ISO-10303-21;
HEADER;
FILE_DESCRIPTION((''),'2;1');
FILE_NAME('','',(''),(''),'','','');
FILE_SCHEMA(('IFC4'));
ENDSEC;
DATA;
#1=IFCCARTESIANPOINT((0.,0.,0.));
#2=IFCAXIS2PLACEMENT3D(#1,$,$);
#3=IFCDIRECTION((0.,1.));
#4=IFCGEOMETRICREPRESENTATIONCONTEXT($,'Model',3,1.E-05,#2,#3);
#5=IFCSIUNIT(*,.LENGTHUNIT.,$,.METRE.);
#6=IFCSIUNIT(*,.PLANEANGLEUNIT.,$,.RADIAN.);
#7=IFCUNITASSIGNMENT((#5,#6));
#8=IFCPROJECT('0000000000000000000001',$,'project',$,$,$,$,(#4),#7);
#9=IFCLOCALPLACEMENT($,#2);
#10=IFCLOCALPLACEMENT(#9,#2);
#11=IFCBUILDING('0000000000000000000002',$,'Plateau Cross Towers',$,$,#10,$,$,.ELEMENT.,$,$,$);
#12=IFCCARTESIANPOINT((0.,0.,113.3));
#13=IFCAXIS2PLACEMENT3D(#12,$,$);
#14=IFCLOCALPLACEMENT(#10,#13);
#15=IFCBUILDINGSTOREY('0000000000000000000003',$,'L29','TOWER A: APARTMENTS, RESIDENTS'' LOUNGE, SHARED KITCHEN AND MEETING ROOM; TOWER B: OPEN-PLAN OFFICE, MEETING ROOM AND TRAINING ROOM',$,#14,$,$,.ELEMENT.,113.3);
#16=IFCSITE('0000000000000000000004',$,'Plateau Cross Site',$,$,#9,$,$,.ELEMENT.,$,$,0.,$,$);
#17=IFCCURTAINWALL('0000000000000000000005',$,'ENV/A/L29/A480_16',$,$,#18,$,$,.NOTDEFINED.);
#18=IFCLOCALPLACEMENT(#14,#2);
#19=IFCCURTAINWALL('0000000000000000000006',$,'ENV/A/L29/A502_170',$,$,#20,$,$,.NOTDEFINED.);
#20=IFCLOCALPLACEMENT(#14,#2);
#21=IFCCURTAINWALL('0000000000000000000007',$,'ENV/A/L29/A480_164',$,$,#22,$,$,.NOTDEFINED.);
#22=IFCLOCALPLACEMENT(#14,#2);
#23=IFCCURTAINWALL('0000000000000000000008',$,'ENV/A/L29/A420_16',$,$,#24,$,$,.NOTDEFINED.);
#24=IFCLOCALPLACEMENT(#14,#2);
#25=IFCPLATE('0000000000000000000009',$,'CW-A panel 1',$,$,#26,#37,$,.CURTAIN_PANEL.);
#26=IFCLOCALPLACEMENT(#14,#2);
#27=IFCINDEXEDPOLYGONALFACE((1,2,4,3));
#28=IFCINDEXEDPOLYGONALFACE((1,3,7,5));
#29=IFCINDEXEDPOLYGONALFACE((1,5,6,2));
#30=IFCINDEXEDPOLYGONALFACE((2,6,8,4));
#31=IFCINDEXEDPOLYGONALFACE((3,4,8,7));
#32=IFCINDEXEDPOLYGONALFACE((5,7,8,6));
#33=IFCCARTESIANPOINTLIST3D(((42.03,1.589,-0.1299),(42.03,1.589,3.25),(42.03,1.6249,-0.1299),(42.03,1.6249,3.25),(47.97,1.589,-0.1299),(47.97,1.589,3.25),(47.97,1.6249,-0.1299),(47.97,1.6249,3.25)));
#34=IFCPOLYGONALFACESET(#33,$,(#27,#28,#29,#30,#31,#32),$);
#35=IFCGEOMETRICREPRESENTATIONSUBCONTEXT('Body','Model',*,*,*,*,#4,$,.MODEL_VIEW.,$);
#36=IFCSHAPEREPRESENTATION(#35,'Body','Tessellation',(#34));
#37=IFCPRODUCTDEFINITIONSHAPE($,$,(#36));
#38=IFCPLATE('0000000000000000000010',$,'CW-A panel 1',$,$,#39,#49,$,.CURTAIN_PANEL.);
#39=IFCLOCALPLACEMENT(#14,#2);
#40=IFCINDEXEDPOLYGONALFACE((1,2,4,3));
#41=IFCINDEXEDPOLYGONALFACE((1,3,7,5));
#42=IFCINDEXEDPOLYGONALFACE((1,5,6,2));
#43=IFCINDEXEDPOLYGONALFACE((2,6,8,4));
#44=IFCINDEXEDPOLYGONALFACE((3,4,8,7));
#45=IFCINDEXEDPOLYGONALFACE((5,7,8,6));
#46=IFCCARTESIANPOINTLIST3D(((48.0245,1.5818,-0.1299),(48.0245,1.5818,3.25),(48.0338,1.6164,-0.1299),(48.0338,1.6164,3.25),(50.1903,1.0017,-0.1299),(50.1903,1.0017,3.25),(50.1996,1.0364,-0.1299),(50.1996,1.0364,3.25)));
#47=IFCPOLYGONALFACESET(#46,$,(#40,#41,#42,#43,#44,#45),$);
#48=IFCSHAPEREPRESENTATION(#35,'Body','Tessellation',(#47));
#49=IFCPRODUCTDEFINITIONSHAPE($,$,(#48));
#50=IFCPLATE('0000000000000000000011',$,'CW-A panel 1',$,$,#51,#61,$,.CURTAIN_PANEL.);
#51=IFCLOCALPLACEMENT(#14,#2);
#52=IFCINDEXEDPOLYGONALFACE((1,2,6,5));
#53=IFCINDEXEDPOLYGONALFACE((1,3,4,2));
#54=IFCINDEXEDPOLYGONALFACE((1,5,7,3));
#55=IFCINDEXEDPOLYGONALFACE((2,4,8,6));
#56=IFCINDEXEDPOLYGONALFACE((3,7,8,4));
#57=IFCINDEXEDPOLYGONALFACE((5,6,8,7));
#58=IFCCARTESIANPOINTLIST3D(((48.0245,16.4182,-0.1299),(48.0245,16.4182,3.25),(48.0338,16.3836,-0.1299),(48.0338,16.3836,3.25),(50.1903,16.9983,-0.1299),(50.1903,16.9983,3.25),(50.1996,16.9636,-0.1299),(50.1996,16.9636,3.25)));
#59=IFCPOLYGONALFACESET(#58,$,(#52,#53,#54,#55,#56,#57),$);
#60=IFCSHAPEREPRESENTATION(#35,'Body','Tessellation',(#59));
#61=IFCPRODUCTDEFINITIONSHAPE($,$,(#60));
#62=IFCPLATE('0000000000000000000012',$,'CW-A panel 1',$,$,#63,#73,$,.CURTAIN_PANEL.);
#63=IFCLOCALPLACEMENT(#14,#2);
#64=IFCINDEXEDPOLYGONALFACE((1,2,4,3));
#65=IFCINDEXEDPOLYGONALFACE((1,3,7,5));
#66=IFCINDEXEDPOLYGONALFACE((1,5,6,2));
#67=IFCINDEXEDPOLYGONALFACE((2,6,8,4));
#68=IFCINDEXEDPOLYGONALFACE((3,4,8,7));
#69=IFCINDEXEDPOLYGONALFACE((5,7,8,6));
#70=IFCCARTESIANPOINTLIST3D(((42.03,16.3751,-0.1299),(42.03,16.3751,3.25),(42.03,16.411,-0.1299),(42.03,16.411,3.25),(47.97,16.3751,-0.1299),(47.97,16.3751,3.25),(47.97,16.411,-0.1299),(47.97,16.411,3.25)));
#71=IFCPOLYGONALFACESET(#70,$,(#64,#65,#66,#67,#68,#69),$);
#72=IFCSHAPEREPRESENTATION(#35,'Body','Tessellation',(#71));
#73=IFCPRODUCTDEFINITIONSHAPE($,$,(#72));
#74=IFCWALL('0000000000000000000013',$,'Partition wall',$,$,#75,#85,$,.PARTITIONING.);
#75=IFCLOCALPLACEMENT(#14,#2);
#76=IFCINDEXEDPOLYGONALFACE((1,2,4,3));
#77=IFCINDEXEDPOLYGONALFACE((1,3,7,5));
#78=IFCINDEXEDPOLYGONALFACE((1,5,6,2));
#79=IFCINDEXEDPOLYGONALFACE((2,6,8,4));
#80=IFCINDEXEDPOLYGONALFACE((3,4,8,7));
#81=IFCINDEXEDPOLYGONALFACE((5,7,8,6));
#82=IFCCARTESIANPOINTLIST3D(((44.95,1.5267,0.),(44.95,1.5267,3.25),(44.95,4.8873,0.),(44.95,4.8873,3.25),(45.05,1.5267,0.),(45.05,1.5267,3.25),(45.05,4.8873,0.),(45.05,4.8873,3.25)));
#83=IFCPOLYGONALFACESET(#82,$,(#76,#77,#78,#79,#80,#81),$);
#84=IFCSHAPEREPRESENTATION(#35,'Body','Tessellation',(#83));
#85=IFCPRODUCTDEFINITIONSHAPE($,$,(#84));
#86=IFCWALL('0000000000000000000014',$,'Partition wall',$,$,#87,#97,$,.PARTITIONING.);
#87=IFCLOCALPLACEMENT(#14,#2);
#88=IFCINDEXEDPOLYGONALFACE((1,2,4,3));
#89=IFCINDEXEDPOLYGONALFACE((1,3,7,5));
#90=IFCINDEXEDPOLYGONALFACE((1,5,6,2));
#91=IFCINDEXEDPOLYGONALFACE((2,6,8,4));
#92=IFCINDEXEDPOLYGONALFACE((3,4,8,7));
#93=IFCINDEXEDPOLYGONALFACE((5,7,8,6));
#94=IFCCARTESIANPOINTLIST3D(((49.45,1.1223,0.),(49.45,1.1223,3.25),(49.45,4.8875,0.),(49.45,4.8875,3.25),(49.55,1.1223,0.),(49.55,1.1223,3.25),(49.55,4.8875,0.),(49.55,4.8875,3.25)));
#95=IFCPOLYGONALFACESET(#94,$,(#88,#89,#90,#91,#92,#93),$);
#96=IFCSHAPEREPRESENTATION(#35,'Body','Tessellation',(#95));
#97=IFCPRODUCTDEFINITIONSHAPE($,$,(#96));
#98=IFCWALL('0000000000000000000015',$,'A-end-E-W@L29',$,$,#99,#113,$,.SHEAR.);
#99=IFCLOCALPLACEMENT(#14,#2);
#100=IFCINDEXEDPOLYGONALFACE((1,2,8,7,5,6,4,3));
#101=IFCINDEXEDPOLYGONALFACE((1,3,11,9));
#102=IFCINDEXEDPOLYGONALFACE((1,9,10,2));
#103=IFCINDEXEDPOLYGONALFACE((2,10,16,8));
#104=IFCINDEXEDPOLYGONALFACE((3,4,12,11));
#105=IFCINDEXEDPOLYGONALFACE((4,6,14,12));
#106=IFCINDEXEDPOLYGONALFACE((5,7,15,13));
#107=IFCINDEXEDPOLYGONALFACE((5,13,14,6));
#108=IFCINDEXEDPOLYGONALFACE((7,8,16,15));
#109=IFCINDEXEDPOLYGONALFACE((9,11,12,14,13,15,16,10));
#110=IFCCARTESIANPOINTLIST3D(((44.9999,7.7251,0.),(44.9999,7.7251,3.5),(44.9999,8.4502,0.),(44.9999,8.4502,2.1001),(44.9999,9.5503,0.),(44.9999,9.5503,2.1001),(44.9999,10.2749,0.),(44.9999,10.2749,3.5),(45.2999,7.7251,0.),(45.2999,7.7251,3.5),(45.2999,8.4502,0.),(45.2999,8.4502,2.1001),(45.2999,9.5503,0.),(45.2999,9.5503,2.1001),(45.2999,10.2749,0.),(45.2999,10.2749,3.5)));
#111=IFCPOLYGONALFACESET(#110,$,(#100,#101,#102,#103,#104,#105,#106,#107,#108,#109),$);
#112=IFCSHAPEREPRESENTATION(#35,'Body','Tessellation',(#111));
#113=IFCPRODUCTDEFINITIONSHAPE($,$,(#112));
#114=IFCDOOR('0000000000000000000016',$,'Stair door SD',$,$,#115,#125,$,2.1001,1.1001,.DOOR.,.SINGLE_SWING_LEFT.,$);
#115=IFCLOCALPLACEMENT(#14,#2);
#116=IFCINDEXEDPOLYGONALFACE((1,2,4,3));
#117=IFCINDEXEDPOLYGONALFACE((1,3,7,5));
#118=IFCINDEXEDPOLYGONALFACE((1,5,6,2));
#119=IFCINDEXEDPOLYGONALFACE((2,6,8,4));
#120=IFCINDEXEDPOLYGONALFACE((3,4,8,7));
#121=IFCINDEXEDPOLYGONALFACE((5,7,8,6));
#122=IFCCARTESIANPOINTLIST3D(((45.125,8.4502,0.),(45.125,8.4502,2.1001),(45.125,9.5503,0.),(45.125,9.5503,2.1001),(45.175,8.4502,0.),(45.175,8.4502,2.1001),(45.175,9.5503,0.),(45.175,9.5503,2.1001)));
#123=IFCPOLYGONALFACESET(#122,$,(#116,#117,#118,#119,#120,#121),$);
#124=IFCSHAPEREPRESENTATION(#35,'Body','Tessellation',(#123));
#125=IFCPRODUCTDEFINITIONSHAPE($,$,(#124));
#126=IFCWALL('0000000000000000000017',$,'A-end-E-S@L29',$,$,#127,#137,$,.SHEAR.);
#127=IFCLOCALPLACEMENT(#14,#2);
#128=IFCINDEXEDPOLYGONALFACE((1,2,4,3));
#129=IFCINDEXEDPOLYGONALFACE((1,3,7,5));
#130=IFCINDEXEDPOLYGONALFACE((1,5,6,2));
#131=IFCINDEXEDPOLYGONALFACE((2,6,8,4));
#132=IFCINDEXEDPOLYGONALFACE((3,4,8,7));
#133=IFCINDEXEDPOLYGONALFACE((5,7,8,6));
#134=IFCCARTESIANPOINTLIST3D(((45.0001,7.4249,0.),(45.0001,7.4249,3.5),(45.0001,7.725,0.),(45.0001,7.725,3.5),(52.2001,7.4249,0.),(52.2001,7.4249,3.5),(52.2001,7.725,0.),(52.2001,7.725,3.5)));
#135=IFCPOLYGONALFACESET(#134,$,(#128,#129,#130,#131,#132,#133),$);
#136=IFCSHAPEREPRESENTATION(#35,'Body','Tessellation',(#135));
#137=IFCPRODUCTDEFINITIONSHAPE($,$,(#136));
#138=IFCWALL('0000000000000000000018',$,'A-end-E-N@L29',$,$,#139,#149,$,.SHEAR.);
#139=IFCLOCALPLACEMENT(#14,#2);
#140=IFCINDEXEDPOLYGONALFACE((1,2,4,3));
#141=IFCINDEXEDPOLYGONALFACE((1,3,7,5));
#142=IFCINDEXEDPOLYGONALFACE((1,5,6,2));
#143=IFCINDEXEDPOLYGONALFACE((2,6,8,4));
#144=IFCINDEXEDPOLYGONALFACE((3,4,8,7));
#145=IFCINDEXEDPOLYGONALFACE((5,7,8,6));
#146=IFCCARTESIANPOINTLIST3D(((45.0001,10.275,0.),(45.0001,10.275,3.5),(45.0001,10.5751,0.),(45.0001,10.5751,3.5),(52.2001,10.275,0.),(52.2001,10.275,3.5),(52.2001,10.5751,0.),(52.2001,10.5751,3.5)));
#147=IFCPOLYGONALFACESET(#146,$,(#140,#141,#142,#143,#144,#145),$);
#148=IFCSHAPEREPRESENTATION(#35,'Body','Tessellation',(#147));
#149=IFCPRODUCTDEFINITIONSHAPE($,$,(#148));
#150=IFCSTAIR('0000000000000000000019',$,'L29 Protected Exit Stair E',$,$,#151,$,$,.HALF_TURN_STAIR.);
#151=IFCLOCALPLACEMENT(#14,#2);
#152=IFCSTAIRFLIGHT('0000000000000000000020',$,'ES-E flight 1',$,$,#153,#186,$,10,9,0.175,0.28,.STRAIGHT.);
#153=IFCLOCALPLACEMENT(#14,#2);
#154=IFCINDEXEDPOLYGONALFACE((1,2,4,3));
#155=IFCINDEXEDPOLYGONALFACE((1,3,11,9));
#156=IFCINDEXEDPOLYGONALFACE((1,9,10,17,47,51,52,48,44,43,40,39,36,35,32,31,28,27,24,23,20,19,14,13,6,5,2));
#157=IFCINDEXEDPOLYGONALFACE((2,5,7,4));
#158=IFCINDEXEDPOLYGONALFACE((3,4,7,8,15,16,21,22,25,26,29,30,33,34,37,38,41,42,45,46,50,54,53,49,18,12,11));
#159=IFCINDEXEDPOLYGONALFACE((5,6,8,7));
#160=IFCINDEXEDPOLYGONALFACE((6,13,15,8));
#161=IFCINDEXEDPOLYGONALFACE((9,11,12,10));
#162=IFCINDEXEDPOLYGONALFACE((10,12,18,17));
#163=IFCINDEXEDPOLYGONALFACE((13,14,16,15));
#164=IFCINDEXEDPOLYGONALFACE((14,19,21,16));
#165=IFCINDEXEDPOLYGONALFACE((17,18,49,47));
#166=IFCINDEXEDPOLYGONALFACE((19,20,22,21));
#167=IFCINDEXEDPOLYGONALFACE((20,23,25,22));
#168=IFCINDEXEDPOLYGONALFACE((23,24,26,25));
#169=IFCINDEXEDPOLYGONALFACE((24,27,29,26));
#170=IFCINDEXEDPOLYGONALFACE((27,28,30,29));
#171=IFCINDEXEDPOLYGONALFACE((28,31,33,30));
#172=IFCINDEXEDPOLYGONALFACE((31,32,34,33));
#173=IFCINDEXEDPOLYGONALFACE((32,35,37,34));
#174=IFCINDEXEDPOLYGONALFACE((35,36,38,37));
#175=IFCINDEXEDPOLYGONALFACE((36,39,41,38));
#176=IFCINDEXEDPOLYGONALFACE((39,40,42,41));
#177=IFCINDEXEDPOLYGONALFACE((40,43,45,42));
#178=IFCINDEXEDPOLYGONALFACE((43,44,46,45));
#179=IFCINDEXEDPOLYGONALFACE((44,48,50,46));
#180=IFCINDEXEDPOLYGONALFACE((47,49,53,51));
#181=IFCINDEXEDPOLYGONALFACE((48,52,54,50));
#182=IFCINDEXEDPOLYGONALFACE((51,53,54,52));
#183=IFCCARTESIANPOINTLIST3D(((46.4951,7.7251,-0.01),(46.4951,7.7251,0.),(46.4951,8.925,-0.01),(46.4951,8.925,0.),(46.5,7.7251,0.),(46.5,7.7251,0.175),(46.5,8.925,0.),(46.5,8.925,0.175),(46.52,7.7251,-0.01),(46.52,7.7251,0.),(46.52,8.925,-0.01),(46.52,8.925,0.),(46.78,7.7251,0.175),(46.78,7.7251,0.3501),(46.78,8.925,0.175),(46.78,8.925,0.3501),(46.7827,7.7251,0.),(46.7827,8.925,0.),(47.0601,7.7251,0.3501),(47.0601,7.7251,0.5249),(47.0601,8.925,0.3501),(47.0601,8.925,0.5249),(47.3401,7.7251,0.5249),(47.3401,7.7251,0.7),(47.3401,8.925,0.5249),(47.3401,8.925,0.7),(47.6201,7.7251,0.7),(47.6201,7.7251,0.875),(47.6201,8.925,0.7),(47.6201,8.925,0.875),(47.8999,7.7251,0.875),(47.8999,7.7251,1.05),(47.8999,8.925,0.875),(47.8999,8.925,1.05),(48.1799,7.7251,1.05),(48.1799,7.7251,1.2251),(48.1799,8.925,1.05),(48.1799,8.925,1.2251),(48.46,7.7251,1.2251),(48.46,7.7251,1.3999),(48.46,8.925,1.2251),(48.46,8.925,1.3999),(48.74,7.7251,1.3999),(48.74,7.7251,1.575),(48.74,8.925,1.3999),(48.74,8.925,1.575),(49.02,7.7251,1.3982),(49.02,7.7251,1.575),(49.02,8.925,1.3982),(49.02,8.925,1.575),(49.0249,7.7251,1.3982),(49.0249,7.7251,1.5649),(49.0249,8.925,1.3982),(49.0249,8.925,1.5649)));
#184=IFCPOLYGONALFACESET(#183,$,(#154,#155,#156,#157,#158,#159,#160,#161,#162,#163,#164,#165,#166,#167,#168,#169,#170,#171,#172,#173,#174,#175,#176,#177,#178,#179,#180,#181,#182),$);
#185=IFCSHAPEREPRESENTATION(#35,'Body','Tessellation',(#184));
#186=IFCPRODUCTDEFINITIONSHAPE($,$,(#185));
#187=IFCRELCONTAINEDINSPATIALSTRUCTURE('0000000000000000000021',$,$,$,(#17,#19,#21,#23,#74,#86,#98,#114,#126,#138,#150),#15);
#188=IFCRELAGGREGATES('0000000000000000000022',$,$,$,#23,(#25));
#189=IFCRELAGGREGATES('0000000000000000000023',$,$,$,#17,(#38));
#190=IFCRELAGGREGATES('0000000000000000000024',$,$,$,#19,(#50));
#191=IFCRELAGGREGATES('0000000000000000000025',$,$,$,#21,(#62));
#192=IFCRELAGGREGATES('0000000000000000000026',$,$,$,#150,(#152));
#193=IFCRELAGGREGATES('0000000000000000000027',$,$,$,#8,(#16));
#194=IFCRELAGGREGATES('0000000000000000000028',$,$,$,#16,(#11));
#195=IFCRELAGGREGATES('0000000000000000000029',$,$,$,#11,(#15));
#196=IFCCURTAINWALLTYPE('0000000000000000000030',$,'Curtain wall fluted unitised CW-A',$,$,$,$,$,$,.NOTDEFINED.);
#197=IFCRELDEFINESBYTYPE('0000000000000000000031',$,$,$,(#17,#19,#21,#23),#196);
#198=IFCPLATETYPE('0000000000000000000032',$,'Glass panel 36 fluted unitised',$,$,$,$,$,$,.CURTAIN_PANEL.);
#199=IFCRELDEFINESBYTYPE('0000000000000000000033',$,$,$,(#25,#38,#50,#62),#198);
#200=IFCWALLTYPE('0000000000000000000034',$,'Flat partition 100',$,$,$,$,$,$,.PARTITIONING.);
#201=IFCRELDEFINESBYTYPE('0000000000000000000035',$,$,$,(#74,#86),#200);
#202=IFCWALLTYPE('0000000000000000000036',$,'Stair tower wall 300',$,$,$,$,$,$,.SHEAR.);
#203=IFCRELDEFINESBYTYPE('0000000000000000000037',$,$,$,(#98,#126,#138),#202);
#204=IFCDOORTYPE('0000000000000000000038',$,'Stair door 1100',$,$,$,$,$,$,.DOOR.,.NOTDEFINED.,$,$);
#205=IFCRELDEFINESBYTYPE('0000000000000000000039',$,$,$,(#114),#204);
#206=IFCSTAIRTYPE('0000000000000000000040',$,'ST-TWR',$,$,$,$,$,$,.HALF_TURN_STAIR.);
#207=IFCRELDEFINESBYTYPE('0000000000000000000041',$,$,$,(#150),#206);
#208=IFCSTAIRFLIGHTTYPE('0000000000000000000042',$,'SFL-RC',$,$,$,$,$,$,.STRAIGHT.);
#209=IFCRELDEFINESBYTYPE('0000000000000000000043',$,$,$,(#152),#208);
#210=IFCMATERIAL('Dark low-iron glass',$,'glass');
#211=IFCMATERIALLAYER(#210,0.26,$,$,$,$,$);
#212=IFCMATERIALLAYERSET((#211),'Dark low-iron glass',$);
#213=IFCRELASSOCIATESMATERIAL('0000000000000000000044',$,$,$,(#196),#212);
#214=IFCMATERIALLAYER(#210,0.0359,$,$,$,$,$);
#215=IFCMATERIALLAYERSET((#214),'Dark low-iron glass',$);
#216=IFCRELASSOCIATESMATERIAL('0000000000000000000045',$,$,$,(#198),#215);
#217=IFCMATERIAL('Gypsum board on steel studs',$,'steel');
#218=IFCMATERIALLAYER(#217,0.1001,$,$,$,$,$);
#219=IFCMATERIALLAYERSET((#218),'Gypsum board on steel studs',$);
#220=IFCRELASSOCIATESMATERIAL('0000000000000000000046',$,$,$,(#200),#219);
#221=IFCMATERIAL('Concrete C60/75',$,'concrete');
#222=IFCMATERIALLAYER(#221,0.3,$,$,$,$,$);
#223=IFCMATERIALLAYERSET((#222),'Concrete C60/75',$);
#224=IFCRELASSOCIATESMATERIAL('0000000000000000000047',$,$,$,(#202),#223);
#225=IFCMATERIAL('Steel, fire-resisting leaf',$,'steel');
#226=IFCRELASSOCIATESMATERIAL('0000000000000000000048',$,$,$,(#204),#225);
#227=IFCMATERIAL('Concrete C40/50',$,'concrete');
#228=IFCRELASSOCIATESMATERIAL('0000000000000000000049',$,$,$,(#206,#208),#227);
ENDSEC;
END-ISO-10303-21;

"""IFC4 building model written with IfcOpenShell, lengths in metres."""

from ifc_helpers import new_model, si_unit, direction, frame, frame_2d, origin, origin_2d, place, context, subcontext, project, spatial, polyline, rectangle, outline, extrude, material, layer, layer_set, type_object, element, fill, aggregate, save


model = new_model("IFC4")

# Units and contexts
model_context = context("Model", 3, precision=1e-05, world=origin(), true_north=direction((0.0, 1.0)))
body_context = subcontext(model_context, "Body", "Model", "MODEL_VIEW")
ifc_project = project(units=[si_unit("LENGTHUNIT", "METRE"), si_unit("PLANEANGLEUNIT", "RADIAN")], contexts=[model_context])

# Site, building, storey
site_placement = place(None, origin())
site = spatial("IfcSite", under=ifc_project, at=site_placement, Name="Plateau Cross Site", CompositionType="ELEMENT", RefElevation=0.0)
building_placement = place(site_placement, origin())
building = spatial("IfcBuilding", under=site, at=building_placement, Name="Plateau Cross Towers", CompositionType="ELEMENT")
storey_placement = place(building_placement, frame((0.0, 0.0, 113.3)))
storey = spatial("IfcBuildingStorey", under=building, at=storey_placement, Name="L29", Description="TOWER A: APARTMENTS, RESIDENTS' LOUNGE, SHARED KITCHEN AND MEETING ROOM; TOWER B: OPEN-PLAN OFFICE, MEETING ROOM AND TRAINING ROOM", CompositionType="ELEMENT", Elevation=113.3)

# Shared definitions
ifc_material_1 = material(Name="Concrete C60/75", Category="concrete")

# Curtain walls
ifc_material_2 = material(Name="Dark low-iron glass", Category="glass")
ifc_layer_1 = layer(ifc_material_2, 0.26)
ifc_layer_set_1 = layer_set([ifc_layer_1], Name="Dark low-iron glass")
curtain_wall_type_1 = type_object("IfcCurtainWallType", Name="Curtain wall fluted unitised CW-A", PredefinedType="NOTDEFINED", material=ifc_layer_set_1)
curtain_wall_1_placement = place(storey_placement, origin())
curtain_wall_1 = element("IfcCurtainWall", 1, at=curtain_wall_1_placement, inside=storey, type_object=curtain_wall_type_1, Name="ENV/A/L29/A480_16", PredefinedType="NOTDEFINED")
curtain_wall_2_placement = place(storey_placement, origin())
curtain_wall_2 = element("IfcCurtainWall", 2, at=curtain_wall_2_placement, inside=storey, type_object=curtain_wall_type_1, Name="ENV/A/L29/A502_170", PredefinedType="NOTDEFINED")
curtain_wall_3_placement = place(storey_placement, origin())
curtain_wall_3 = element("IfcCurtainWall", 3, at=curtain_wall_3_placement, inside=storey, type_object=curtain_wall_type_1, Name="ENV/A/L29/A480_164", PredefinedType="NOTDEFINED")

# Curtain wall, plate
curtain_wall_4_placement = place(storey_placement, origin())
curtain_wall_4 = element("IfcCurtainWall", 4, at=curtain_wall_4_placement, inside=storey, type_object=curtain_wall_type_1, Name="ENV/A/L29/A420_16", PredefinedType="NOTDEFINED")
ifc_layer_2 = layer(ifc_material_2, 0.0359)
ifc_layer_set_2 = layer_set([ifc_layer_2], Name="Dark low-iron glass")
plate_type_1 = type_object("IfcPlateType", Name="Glass panel 36 fluted unitised", PredefinedType="CURTAIN_PANEL", material=ifc_layer_set_2)
plate_1_placement = place(storey_placement, frame((45.0, 1.6069, -0.1299), z_axis=(0.0, 0.0, 1.0), x_axis=(1.0, 0.0, 0.0)))
plate_1 = element("IfcPlate", 5, at=plate_1_placement, type_object=plate_type_1, Name="CW-A panel 1", PredefinedType="CURTAIN_PANEL", context=body_context, shape_type="SweptSolid", body=[
    extrude(rectangle(XDim=5.9399, YDim=0.0359, at=origin_2d()), origin(), (0.0, 0.0, 1.0), 3.3799),
])
aggregate(curtain_wall_4, [plate_1])

# Plates
plate_2_placement = place(storey_placement, frame((49.1121, 1.3091, -0.1299), z_axis=(0.0, 0.0, 1.0), x_axis=(0.965958, -0.258699, 0.0)))
plate_2 = element("IfcPlate", 6, at=plate_2_placement, type_object=plate_type_1, Name="CW-A panel 1", PredefinedType="CURTAIN_PANEL", context=body_context, shape_type="SweptSolid", body=[
    extrude(rectangle(XDim=2.2422, YDim=0.0359, at=origin_2d()), origin(), (0.0, 0.0, 1.0), 3.3799),
])
aggregate(curtain_wall_1, [plate_2])
plate_3_placement = place(storey_placement, frame((49.1121, 16.6909, -0.1299), z_axis=(0.0, 0.0, 1.0), x_axis=(-0.965958, -0.258699, 0.0)))
plate_3 = element("IfcPlate", 7, at=plate_3_placement, type_object=plate_type_1, Name="CW-A panel 1", PredefinedType="CURTAIN_PANEL", context=body_context, shape_type="SweptSolid", body=[
    extrude(rectangle(XDim=2.2422, YDim=0.0359, at=origin_2d()), origin(), (0.0, 0.0, 1.0), 3.3799),
])
aggregate(curtain_wall_2, [plate_3])
plate_4_placement = place(storey_placement, frame((45.0, 16.3931, -0.1299), z_axis=(0.0, 0.0, 1.0), x_axis=(-1.0, 0.0, 0.0)))
plate_4 = element("IfcPlate", 8, at=plate_4_placement, type_object=plate_type_1, Name="CW-A panel 1", PredefinedType="CURTAIN_PANEL", context=body_context, shape_type="SweptSolid", body=[
    extrude(rectangle(XDim=5.9399, YDim=0.0359, at=origin_2d()), origin(), (0.0, 0.0, 1.0), 3.3799),
])
aggregate(curtain_wall_3, [plate_4])

# Walls
ifc_material_3 = material(Name="Gypsum board on steel studs", Category="steel")
ifc_layer_3 = layer(ifc_material_3, 0.1001)
ifc_layer_set_3 = layer_set([ifc_layer_3], Name="Gypsum board on steel studs")
wall_type_1 = type_object("IfcWallType", Name="Flat partition 100", PredefinedType="PARTITIONING", material=ifc_layer_set_3)
wall_1_placement = place(storey_placement, frame((45.0, 1.5269, 0.0), z_axis=(0.0, 0.0, 1.0), x_axis=(0.0, 1.0, 0.0)))
element("IfcWall", 9, at=wall_1_placement, inside=storey, type_object=wall_type_1, Name="Partition wall", PredefinedType="PARTITIONING", context=body_context, shape_type="SweptSolid", body=[
    extrude(rectangle(XDim=3.3606, YDim=0.1001, at=frame_2d((1.6802, 0.0))), origin(), (0.0, 0.0, 1.0), 3.25),
])
wall_2_placement = place(storey_placement, frame((49.5, 1.1223, 0.0), z_axis=(0.0, 0.0, 1.0), x_axis=(0.0, 1.0, 0.0)))
element("IfcWall", 10, at=wall_2_placement, inside=storey, type_object=wall_type_1, Name="Partition wall", PredefinedType="PARTITIONING", context=body_context, shape_type="SweptSolid", body=[
    extrude(rectangle(XDim=3.7651, YDim=0.1001, at=frame_2d((1.8826, 0.0))), origin(), (0.0, 0.0, 1.0), 3.25),
])

# Wall, opening, door
ifc_layer_4 = layer(ifc_material_1, 0.3)
ifc_layer_set_4 = layer_set([ifc_layer_4], Name="Concrete C60/75")
wall_type_2 = type_object("IfcWallType", Name="Stair tower wall 300", PredefinedType="SHEAR", material=ifc_layer_set_4)
wall_3_placement = place(storey_placement, frame((45.1499, 7.7251, 0.0), z_axis=(0.0, 0.0, 1.0), x_axis=(0.0, 1.0, 0.0)))
wall_3 = element("IfcWall", 11, at=wall_3_placement, inside=storey, type_object=wall_type_2, Name="A-end-E-W@L29", PredefinedType="SHEAR", context=body_context, shape_type="SweptSolid", body=[
    extrude(rectangle(XDim=2.5498, YDim=0.3, at=frame_2d((1.2749, 0.0))), origin(), (0.0, 0.0, 1.0), 3.5),
])
opening_placement = place(wall_3_placement, frame((0.7251, 0.0, 0.0)))
opening = element("IfcOpeningElement", 12, at=opening_placement, cuts=wall_3, PredefinedType="OPENING", context=body_context, shape_type="SweptSolid", body=[
    extrude(rectangle(XDim=1.1001, YDim=2.1001, at=frame_2d((0.55, 1.05))), frame((0.0, 0.1599, 0.0), z_axis=(0.0, -1.0, 0.0), x_axis=(1.0, 0.0, 0.0)), (0.0, 0.0, 1.0), 0.3201),
])
ifc_material_4 = material(Name="Steel, fire-resisting leaf", Category="steel")
door_type = type_object("IfcDoorType", Name="Stair door 1100", OperationType="NOTDEFINED", PredefinedType="DOOR", material=ifc_material_4)
door_placement = place(opening_placement, origin())
door = element("IfcDoor", 13, at=door_placement, inside=storey, type_object=door_type, Name="Stair door SD", OperationType="SINGLE_SWING_LEFT", OverallHeight=2.1001, OverallWidth=1.1001, PredefinedType="DOOR", context=body_context, shape_type="SweptSolid", body=[
    extrude(rectangle(XDim=1.1001, YDim=2.1001, at=frame_2d((0.55, 1.05))), frame((0.0, 0.0249, 0.0), z_axis=(0.0, -1.0, 0.0), x_axis=(1.0, 0.0, 0.0)), (0.0, 0.0, 1.0), 0.05),
])
fill(opening, door)

# Walls
for number, where, z_axis, x_axis, name in (
    (14, (45.0, 7.575, 0.0), (0.0, 0.0, 1.0), (1.0, 0.0, 0.0), "A-end-E-S@L29"),
    (15, (45.0, 10.425, 0.0), (0.0, 0.0, 1.0), (1.0, 0.0, 0.0), "A-end-E-N@L29"),
):
    element("IfcWall", number, at=place(storey_placement, frame(where, z_axis=z_axis, x_axis=x_axis)), inside=storey, type_object=wall_type_2, Name=name, PredefinedType="SHEAR", context=body_context, shape_type="SweptSolid", body=[
        extrude(rectangle(XDim=7.2, YDim=0.3, at=frame_2d((3.6001, 0.0))), origin(), (0.0, 0.0, 1.0), 3.5),
    ])

# Stair, stair flight
ifc_material_5 = material(Name="Concrete C40/50", Category="concrete")
stair_type = type_object("IfcStairType", Name="ST-TWR", PredefinedType="HALF_TURN_STAIR", material=ifc_material_5)
stair_placement = place(storey_placement, origin())
stair = element("IfcStair", 16, at=stair_placement, inside=storey, type_object=stair_type, Name="L29 Protected Exit Stair E", PredefinedType="HALF_TURN_STAIR")
stair_flight_type = type_object("IfcStairFlightType", Name="SFL-RC", PredefinedType="STRAIGHT", material=ifc_material_5)
stair_flight_1_placement = place(storey_placement, frame((46.5, 8.325, 0.0), z_axis=(0.0, 0.0, 1.0), x_axis=(1.0, 0.0, 0.0)))
stair_flight_1 = element("IfcStairFlight", 17, at=stair_flight_1_placement, type_object=stair_flight_type, Name="ES-E flight 1", NumberOfRisers=10, NumberOfTreads=9, PredefinedType="STRAIGHT", RiserHeight=0.175, TreadLength=0.28, context=body_context, shape_type="SweptSolid", body=[
    extrude(outline(polyline([(-0.0049, -0.01), (-0.0049, 0.0), (0.0, 0.0), (0.0, 0.175), (0.28, 0.175), (0.28, 0.3501), (0.5601, 0.3501), (0.5601, 0.5249), (0.8401, 0.5249), (0.8401, 0.7), (1.1201, 0.7), (1.1201, 0.875), (1.3999, 0.875), (1.3999, 1.05), (1.6799, 1.05), (1.6799, 1.2251), (1.96, 1.2251), (1.96, 1.3999), (2.24, 1.3999), (2.24, 1.575), (2.52, 1.575), (2.5249, 1.5649), (2.5249, 1.3982), (2.52, 1.3982), (0.2827, 0.0), (0.02, 0.0), (0.02, -0.01), (-0.0049, -0.01)])), frame((0.0, 0.6001, 0.0), z_axis=(0.0, -1.0, 0.0), x_axis=(1.0, 0.0, 0.0)), (0.0, 0.0, 1.0), 1.2),
])
aggregate(stair, [stair_flight_1])

save(model, "model.ifc")
